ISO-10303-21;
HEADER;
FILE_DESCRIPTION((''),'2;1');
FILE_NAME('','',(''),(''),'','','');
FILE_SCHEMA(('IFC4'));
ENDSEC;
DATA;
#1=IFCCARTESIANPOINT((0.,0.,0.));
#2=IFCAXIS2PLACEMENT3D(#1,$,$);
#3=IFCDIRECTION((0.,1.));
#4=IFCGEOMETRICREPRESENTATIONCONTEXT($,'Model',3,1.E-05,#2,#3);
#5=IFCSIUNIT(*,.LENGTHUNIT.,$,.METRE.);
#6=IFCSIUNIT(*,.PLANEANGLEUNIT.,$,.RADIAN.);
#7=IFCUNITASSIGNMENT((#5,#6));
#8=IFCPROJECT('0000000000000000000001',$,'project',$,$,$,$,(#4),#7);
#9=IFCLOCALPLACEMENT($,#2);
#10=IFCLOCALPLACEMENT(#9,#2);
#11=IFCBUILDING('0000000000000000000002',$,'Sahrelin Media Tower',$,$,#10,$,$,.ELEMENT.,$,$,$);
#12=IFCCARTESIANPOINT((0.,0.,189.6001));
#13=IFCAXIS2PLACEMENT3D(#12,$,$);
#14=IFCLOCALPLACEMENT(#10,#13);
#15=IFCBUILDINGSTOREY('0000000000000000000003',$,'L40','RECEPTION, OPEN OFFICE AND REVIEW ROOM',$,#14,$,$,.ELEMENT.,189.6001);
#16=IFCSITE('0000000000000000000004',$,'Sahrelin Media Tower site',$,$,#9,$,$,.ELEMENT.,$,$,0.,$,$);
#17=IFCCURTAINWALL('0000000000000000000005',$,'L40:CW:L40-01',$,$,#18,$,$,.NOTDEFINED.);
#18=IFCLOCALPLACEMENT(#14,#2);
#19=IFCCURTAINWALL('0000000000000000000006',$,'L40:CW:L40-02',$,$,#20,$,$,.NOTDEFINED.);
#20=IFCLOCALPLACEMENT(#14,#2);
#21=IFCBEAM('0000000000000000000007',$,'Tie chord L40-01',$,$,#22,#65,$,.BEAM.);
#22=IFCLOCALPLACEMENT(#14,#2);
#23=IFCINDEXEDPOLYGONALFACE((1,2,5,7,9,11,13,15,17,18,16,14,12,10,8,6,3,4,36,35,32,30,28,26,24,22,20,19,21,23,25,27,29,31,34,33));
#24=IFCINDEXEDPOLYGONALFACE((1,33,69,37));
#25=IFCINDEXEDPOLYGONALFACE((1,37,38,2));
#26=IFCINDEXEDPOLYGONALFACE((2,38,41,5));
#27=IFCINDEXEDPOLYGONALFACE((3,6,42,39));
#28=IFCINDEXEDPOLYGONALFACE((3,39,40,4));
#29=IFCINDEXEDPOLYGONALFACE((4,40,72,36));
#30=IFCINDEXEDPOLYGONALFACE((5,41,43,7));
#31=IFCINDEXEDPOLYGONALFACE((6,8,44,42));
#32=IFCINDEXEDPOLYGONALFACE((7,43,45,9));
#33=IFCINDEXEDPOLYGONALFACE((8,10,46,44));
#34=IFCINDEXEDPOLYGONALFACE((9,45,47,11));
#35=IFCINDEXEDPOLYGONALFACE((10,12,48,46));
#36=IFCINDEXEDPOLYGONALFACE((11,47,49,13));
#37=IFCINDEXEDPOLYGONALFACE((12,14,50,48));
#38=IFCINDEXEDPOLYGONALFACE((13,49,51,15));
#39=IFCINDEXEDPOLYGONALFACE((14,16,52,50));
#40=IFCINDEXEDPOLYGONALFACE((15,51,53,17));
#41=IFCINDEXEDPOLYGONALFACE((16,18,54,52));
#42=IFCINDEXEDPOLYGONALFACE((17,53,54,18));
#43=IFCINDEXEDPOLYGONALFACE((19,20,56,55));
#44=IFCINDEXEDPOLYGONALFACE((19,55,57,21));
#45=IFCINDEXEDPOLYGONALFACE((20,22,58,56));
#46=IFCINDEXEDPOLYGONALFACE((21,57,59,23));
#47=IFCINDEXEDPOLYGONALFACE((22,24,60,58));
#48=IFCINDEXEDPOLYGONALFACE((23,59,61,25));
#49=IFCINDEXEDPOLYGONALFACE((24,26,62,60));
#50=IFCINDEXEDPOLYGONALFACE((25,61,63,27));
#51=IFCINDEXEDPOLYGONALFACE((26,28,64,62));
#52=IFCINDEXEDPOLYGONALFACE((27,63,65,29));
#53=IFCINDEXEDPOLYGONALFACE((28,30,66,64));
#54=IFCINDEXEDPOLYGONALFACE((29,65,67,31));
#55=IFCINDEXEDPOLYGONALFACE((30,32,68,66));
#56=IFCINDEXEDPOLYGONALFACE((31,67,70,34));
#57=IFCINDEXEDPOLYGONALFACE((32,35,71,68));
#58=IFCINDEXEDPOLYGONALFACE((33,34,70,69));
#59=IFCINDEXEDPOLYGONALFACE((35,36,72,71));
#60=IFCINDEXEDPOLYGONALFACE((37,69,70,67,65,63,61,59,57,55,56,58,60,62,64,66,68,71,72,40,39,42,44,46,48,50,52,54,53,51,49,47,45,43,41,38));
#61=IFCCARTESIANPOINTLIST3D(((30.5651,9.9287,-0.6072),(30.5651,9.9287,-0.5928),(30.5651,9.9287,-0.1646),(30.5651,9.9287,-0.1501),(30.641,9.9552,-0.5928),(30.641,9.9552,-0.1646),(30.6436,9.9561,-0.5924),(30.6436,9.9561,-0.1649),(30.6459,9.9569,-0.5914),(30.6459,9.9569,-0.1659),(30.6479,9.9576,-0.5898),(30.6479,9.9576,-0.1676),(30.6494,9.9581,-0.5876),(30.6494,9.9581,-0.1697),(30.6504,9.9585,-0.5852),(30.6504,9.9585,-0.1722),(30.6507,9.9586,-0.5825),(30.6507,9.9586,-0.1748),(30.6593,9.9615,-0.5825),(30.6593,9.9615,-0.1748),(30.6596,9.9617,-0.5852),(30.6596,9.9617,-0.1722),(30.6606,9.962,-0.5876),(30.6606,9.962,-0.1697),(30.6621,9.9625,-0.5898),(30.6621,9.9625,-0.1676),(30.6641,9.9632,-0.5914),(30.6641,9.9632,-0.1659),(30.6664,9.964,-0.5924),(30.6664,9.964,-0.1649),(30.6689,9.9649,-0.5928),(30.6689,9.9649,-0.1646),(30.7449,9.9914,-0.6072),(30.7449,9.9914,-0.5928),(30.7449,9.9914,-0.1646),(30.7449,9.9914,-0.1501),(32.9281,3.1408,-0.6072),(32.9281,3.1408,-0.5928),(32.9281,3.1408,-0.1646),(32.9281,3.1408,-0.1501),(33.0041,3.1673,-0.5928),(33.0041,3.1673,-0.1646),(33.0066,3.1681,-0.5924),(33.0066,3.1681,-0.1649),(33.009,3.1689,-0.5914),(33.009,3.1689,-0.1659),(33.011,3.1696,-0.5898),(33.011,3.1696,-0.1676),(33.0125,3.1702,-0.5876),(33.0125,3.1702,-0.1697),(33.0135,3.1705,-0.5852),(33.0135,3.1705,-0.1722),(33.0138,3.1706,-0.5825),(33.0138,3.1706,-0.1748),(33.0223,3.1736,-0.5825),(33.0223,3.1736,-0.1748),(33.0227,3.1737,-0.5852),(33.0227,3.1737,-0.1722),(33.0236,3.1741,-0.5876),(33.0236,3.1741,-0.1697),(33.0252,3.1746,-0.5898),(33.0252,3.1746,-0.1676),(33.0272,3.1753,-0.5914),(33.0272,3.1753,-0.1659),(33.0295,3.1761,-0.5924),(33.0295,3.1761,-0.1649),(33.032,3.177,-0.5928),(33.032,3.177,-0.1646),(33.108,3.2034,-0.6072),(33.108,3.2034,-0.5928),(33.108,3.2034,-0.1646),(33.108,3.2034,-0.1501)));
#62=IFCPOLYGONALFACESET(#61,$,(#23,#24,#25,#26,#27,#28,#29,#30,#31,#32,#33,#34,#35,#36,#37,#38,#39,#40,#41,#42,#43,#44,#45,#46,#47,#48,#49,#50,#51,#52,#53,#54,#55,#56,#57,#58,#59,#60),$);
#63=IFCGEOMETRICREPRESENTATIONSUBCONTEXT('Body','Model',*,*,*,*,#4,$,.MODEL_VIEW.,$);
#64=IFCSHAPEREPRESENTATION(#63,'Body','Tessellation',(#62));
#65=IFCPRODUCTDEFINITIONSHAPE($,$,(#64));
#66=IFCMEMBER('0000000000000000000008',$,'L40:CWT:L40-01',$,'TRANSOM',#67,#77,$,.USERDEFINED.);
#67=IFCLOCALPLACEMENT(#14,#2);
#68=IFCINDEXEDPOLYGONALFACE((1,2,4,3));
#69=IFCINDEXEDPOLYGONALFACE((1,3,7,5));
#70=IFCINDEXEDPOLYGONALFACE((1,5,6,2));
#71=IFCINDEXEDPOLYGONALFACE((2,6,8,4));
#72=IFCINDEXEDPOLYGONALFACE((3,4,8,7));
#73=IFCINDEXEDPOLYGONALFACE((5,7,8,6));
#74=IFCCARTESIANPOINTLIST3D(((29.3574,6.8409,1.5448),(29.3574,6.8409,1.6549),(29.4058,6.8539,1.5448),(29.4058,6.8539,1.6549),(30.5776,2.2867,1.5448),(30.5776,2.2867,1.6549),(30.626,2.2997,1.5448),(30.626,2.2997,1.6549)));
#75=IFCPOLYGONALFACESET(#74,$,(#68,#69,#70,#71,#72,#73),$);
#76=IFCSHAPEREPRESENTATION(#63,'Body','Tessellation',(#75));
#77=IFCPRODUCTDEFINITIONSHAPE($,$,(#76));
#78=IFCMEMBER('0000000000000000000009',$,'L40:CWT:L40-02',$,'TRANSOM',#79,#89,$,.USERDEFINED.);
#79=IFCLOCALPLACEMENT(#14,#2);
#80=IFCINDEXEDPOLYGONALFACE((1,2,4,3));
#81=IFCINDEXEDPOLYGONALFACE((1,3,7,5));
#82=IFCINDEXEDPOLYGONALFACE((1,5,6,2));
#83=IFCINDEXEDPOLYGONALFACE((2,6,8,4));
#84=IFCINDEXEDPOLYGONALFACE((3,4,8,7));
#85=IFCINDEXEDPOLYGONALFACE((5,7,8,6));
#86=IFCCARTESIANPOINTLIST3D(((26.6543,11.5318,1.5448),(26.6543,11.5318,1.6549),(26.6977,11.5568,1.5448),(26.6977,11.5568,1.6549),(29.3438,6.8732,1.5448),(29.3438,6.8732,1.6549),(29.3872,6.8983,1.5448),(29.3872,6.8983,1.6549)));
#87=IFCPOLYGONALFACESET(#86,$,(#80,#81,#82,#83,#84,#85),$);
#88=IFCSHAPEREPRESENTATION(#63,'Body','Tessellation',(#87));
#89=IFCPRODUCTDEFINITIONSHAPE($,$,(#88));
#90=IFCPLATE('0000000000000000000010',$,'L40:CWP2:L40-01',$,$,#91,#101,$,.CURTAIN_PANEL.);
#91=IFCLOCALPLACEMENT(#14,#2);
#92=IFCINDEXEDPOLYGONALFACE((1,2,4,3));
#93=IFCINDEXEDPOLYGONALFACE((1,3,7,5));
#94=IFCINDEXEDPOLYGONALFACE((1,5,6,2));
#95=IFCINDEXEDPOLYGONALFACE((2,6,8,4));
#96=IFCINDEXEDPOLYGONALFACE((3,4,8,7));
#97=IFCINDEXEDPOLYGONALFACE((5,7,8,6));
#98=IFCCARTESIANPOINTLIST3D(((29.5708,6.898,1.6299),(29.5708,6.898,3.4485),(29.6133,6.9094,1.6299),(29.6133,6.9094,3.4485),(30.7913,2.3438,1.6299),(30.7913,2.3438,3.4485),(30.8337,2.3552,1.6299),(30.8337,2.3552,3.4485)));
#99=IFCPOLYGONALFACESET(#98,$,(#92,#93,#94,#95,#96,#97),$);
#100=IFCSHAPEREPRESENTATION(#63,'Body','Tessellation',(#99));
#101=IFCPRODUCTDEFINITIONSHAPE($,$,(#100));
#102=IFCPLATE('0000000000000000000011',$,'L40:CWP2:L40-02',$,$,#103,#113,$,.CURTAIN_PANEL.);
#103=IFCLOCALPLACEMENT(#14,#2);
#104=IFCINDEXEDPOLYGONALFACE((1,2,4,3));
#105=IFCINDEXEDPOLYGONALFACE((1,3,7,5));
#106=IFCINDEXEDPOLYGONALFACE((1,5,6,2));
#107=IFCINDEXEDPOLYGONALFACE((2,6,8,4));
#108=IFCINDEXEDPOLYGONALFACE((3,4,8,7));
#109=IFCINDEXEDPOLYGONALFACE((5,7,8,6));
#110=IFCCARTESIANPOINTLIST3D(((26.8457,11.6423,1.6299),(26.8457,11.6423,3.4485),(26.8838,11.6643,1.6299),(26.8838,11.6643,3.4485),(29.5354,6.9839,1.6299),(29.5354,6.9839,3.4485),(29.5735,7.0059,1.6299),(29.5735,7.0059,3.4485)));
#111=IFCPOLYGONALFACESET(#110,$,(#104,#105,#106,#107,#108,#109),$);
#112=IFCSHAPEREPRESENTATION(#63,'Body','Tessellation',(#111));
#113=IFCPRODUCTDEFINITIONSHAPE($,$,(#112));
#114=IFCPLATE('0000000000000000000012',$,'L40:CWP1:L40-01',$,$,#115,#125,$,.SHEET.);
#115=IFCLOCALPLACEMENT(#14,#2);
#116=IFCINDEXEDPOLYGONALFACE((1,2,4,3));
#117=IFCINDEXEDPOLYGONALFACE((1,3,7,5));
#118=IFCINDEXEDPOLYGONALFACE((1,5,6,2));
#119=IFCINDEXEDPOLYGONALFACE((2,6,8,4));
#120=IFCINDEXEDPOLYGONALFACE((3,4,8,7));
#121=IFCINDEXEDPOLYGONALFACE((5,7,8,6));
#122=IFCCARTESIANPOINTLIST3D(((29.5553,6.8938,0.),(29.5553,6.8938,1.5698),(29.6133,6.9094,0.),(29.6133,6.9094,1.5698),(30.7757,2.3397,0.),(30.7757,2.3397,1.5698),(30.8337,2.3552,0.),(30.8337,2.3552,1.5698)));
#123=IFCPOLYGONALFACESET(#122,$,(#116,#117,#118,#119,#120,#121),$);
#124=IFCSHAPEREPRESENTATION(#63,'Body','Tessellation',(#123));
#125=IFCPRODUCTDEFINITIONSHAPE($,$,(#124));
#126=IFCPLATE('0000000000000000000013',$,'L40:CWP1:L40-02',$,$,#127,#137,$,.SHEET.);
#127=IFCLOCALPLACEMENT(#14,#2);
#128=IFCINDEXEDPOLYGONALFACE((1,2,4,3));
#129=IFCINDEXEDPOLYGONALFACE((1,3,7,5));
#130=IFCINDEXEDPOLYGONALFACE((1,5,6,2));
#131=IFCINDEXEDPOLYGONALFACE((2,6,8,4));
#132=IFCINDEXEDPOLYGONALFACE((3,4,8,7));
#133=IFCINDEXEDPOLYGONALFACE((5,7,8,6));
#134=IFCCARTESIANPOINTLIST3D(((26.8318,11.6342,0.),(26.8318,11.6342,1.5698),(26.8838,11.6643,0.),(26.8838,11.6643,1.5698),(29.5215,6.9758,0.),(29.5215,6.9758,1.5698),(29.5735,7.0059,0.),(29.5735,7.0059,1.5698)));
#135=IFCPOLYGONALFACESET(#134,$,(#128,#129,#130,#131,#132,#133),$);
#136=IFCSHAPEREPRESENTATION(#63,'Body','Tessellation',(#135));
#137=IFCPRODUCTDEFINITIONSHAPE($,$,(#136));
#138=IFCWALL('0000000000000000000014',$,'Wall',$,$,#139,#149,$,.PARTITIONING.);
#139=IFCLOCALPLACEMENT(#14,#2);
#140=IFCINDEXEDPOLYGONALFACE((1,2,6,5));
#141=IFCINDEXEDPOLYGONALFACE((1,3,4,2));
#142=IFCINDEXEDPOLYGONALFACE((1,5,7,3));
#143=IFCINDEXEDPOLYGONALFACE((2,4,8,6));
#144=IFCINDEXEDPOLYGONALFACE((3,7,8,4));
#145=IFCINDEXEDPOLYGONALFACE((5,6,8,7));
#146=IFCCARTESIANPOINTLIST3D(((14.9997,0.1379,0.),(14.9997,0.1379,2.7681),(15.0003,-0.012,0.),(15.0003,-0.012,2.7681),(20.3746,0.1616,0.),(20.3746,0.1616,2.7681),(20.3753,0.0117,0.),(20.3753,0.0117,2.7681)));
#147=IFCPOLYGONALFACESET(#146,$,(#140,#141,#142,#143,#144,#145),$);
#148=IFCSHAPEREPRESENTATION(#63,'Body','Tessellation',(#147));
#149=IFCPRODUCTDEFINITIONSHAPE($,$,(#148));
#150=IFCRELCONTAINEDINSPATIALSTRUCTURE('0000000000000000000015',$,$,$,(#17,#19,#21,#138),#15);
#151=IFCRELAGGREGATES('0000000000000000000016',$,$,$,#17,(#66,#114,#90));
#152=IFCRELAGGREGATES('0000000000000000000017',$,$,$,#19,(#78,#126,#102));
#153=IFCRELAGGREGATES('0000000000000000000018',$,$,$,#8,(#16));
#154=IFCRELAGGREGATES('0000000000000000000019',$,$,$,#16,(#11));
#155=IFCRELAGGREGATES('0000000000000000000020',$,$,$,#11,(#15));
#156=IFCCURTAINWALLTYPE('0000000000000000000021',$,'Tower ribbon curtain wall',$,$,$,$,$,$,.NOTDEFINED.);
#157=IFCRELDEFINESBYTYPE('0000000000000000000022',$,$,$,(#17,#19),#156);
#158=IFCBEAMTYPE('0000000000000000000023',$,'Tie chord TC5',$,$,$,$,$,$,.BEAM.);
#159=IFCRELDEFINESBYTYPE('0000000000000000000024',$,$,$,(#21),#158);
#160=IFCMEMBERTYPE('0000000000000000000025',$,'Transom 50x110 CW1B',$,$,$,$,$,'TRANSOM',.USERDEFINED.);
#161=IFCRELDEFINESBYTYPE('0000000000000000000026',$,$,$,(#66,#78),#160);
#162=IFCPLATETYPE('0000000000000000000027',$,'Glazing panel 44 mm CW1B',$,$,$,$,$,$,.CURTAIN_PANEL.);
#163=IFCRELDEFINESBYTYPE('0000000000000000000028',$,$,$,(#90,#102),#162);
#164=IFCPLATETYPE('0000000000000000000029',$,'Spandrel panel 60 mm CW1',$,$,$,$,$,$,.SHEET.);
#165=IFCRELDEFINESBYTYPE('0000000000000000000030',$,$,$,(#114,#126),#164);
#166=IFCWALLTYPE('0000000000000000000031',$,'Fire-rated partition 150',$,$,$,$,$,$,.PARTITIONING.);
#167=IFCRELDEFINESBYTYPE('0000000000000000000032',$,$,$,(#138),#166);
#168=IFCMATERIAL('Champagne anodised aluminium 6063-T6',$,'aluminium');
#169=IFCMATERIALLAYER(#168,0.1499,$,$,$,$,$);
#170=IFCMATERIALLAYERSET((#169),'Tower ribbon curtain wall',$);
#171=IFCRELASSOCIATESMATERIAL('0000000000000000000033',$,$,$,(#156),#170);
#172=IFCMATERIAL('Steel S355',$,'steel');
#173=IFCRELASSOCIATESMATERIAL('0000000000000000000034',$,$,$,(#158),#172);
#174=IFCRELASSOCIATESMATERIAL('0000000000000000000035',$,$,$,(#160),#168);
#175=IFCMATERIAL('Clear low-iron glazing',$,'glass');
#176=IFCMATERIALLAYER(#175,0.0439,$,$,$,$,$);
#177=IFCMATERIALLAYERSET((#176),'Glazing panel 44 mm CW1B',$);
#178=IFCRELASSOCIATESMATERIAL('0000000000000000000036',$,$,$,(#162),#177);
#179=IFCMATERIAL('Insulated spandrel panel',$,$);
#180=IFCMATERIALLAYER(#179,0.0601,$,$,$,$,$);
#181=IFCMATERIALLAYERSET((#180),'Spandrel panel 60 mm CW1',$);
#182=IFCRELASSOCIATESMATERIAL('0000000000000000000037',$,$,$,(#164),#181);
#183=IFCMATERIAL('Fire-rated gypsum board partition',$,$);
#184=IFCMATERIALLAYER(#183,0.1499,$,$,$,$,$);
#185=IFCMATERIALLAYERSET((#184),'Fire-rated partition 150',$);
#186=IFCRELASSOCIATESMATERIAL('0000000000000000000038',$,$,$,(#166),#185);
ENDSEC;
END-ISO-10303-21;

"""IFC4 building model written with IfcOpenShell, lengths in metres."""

from ifc_helpers import new_model, si_unit, direction, frame, frame_2d, origin, origin_2d, place, context, subcontext, project, spatial, polyline, rectangle, i_section, outline, extrude, material, layer, layer_set, material_profile, profile_set, type_object, element, aggregate, save


model = new_model("IFC4")

# Units and contexts
model_context = context("Model", 3, precision=1e-05, world=origin(), true_north=direction((0.0, 1.0)))
body_context = subcontext(model_context, "Body", "Model", "MODEL_VIEW")
ifc_project = project(units=[si_unit("LENGTHUNIT", "METRE"), si_unit("PLANEANGLEUNIT", "RADIAN")], contexts=[model_context])

# Site, building, storey
site_placement = place(None, origin())
site = spatial("IfcSite", under=ifc_project, at=site_placement, Name="Sahrelin Media Tower site", CompositionType="ELEMENT", RefElevation=0.0)
building_placement = place(site_placement, origin())
building = spatial("IfcBuilding", under=site, at=building_placement, Name="Sahrelin Media Tower", CompositionType="ELEMENT")
storey_placement = place(building_placement, frame((0.0, 0.0, 189.6001)))
storey = spatial("IfcBuildingStorey", under=building, at=storey_placement, Name="L40", Description="RECEPTION, OPEN OFFICE AND REVIEW ROOM", CompositionType="ELEMENT", Elevation=189.6001)

# Shared definitions
ifc_material_1 = material(Name="Steel S355", Category="steel")

# Curtain walls
ifc_material_2 = material(Name="Champagne anodised aluminium 6063-T6", Category="aluminium")
ifc_layer_1 = layer(ifc_material_2, 0.1499)
ifc_layer_set_1 = layer_set([ifc_layer_1], Name="Tower ribbon curtain wall")
curtain_wall_type = type_object("IfcCurtainWallType", Name="Tower ribbon curtain wall", PredefinedType="NOTDEFINED", material=ifc_layer_set_1)
curtain_wall_1_placement = place(storey_placement, frame((30.2041, 4.6272, 0.0), z_axis=(0.0, 0.0, 1.0), x_axis=(1.0, 0.0, 0.0)))
curtain_wall_1 = element("IfcCurtainWall", 1, at=curtain_wall_1_placement, inside=storey, type_object=curtain_wall_type, Name="L40:CW:L40-01", PredefinedType="NOTDEFINED")
curtain_wall_2_placement = place(storey_placement, frame((28.2112, 9.325, 0.0), z_axis=(0.0, 0.0, 1.0), x_axis=(1.0, 0.0, 0.0)))
curtain_wall_2 = element("IfcCurtainWall", 2, at=curtain_wall_2_placement, inside=storey, type_object=curtain_wall_type, Name="L40:CW:L40-02", PredefinedType="NOTDEFINED")

# Beam
ifc_material_profile_1 = material_profile(ifc_material_1, i_section(OverallWidth=0.1904, OverallDepth=0.457, WebThickness=0.009, FlangeThickness=0.0144, FilletRadius=0.0103, at=origin_2d()), Name="UB 457x191x74")
ifc_profile_set_1 = profile_set([ifc_material_profile_1], Name="Steel S355")
beam_type_1 = type_object("IfcBeamType", Name="Tie chord TC5", PredefinedType="BEAM", material=ifc_profile_set_1)
beam_1_placement = place(storey_placement, frame((33.0181, 3.1721, -0.3787), z_axis=(-0.328775, 0.944408, 0.0), x_axis=(-0.944408, -0.328775, 0.0)))
element("IfcBeam", 3, at=beam_1_placement, inside=storey, type_object=beam_type_1, Name="Tie chord L40-01", PredefinedType="BEAM", context=body_context, shape_type="SweptSolid", body=[
    extrude(i_section(OverallWidth=0.1904, OverallDepth=0.457, WebThickness=0.009, FlangeThickness=0.0144, FilletRadius=0.0103, at=origin_2d()), origin(), (0.0, 0.0, 1.0), 7.1875),
])

# Members
ifc_material_profile_2 = material_profile(ifc_material_2, rectangle(XDim=0.05, YDim=0.1101, at=origin_2d()), Name="Transom 50x110")
ifc_profile_set_2 = profile_set([ifc_material_profile_2], Name="Champagne anodised aluminium 6063-T6")
member_type_1 = type_object("IfcMemberType", Name="Transom 50x110 CW1B", ElementType="TRANSOM", PredefinedType="USERDEFINED", material=ifc_profile_set_2)
member_1_placement = place(storey_placement, frame((30.6018, 2.2932, 1.5999), z_axis=(-0.258803, 0.96593, 0.0), x_axis=(-0.96593, -0.258803, 0.0)))
member_1 = element("IfcMember", 4, at=member_1_placement, type_object=member_type_1, Name="L40:CWT:L40-01", ObjectType="TRANSOM", PredefinedType="USERDEFINED", context=body_context, shape_type="SweptSolid", body=[
    extrude(rectangle(XDim=0.05, YDim=0.1101, at=origin_2d()), origin(), (0.0, 0.0, 1.0), 4.7148),
])
member_2_placement = place(storey_placement, frame((29.3655, 6.8857, 1.5999), z_axis=(-0.499986, 0.866034, 0.0), x_axis=(-0.866034, -0.499986, 0.0)))
member_2 = element("IfcMember", 5, at=member_2_placement, type_object=member_type_1, Name="L40:CWT:L40-02", ObjectType="TRANSOM", PredefinedType="USERDEFINED", context=body_context, shape_type="SweptSolid", body=[
    extrude(rectangle(XDim=0.05, YDim=0.1101, at=origin_2d()), origin(), (0.0, 0.0, 1.0), 5.3792),
])

# Plates
ifc_material_3 = material(Name="Clear low-iron glazing", Category="glass")
ifc_layer_2 = layer(ifc_material_3, 0.0439)
ifc_layer_set_2 = layer_set([ifc_layer_2], Name="Glazing panel 44 mm CW1B")
plate_type_1 = type_object("IfcPlateType", Name="Glazing panel 44 mm CW1B", PredefinedType="CURTAIN_PANEL", material=ifc_layer_set_2)
plate_1_placement = place(storey_placement, frame((30.8337, 2.3552, 1.6299), z_axis=(0.965917, 0.258852, 0.0), x_axis=(-0.258852, 0.965917, 0.0)))
plate_1 = element("IfcPlate", 6, at=plate_1_placement, type_object=plate_type_1, Name="L40:CWP2:L40-01", PredefinedType="CURTAIN_PANEL", context=body_context, shape_type="SweptSolid", body=[
    extrude(outline(polyline([(0.0, 0.0), (4.7148, 0.0), (4.7148, 1.8186), (0.0, 1.8186), (0.0, 0.0)])), origin(), (0.0, 0.0, -1.0), 0.0439),
])
plate_2_placement = place(storey_placement, frame((29.5735, 7.0059, 1.6299), z_axis=(0.866014, 0.50002, 0.0), x_axis=(-0.50002, 0.866014, 0.0)))
plate_2 = element("IfcPlate", 7, at=plate_2_placement, type_object=plate_type_1, Name="L40:CWP2:L40-02", PredefinedType="CURTAIN_PANEL", context=body_context, shape_type="SweptSolid", body=[
    extrude(outline(polyline([(0.0, 0.0), (5.3792, 0.0), (5.3792, 1.8186), (0.0, 1.8186), (0.0, 0.0)])), origin(), (0.0, 0.0, -1.0), 0.0439),
])
ifc_material_4 = material(Name="Insulated spandrel panel")
ifc_layer_3 = layer(ifc_material_4, 0.0601)
ifc_layer_set_3 = layer_set([ifc_layer_3], Name="Spandrel panel 60 mm CW1")
plate_type_2 = type_object("IfcPlateType", Name="Spandrel panel 60 mm CW1", PredefinedType="SHEET", material=ifc_layer_set_3)
plate_3_placement = place(storey_placement, frame((30.8337, 2.3552, 0.0), z_axis=(0.965917, 0.258852, 0.0), x_axis=(-0.258852, 0.965917, 0.0)))
plate_3 = element("IfcPlate", 8, at=plate_3_placement, type_object=plate_type_2, Name="L40:CWP1:L40-01", PredefinedType="SHEET", context=body_context, shape_type="SweptSolid", body=[
    extrude(outline(polyline([(0.0, 0.0), (4.7148, 0.0), (4.7148, 1.5698), (0.0, 1.5698), (0.0, 0.0)])), origin(), (0.0, 0.0, -1.0), 0.0601),
])
aggregate(curtain_wall_1, [member_1, plate_3, plate_1])
plate_4_placement = place(storey_placement, frame((29.5735, 7.0059, 0.0), z_axis=(0.866014, 0.50002, 0.0), x_axis=(-0.50002, 0.866014, 0.0)))
plate_4 = element("IfcPlate", 9, at=plate_4_placement, type_object=plate_type_2, Name="L40:CWP1:L40-02", PredefinedType="SHEET", context=body_context, shape_type="SweptSolid", body=[
    extrude(outline(polyline([(0.0, 0.0), (5.3792, 0.0), (5.3792, 1.5698), (0.0, 1.5698), (0.0, 0.0)])), origin(), (0.0, 0.0, -1.0), 0.0601),
])
aggregate(curtain_wall_2, [member_2, plate_4, plate_2])

# Wall
ifc_material_5 = material(Name="Fire-rated gypsum board partition")
ifc_layer_4 = layer(ifc_material_5, 0.1499)
ifc_layer_set_4 = layer_set([ifc_layer_4], Name="Fire-rated partition 150")
wall_type = type_object("IfcWallType", Name="Fire-rated partition 150", PredefinedType="PARTITIONING", material=ifc_layer_set_4)
wall_placement = place(storey_placement, frame((15.0, 0.063, 0.0), z_axis=(0.0, 0.0, 1.0), x_axis=(0.99999, 0.004406, 0.0)))
element("IfcWall", 10, at=wall_placement, inside=storey, type_object=wall_type, Name="Wall", PredefinedType="PARTITIONING", context=body_context, shape_type="SweptSolid", body=[
    extrude(rectangle(XDim=5.375, YDim=0.1499, at=frame_2d((2.6875, 0.0))), origin(), (0.0, 0.0, 1.0), 2.7681),
])

save(model, "model.ifc")
